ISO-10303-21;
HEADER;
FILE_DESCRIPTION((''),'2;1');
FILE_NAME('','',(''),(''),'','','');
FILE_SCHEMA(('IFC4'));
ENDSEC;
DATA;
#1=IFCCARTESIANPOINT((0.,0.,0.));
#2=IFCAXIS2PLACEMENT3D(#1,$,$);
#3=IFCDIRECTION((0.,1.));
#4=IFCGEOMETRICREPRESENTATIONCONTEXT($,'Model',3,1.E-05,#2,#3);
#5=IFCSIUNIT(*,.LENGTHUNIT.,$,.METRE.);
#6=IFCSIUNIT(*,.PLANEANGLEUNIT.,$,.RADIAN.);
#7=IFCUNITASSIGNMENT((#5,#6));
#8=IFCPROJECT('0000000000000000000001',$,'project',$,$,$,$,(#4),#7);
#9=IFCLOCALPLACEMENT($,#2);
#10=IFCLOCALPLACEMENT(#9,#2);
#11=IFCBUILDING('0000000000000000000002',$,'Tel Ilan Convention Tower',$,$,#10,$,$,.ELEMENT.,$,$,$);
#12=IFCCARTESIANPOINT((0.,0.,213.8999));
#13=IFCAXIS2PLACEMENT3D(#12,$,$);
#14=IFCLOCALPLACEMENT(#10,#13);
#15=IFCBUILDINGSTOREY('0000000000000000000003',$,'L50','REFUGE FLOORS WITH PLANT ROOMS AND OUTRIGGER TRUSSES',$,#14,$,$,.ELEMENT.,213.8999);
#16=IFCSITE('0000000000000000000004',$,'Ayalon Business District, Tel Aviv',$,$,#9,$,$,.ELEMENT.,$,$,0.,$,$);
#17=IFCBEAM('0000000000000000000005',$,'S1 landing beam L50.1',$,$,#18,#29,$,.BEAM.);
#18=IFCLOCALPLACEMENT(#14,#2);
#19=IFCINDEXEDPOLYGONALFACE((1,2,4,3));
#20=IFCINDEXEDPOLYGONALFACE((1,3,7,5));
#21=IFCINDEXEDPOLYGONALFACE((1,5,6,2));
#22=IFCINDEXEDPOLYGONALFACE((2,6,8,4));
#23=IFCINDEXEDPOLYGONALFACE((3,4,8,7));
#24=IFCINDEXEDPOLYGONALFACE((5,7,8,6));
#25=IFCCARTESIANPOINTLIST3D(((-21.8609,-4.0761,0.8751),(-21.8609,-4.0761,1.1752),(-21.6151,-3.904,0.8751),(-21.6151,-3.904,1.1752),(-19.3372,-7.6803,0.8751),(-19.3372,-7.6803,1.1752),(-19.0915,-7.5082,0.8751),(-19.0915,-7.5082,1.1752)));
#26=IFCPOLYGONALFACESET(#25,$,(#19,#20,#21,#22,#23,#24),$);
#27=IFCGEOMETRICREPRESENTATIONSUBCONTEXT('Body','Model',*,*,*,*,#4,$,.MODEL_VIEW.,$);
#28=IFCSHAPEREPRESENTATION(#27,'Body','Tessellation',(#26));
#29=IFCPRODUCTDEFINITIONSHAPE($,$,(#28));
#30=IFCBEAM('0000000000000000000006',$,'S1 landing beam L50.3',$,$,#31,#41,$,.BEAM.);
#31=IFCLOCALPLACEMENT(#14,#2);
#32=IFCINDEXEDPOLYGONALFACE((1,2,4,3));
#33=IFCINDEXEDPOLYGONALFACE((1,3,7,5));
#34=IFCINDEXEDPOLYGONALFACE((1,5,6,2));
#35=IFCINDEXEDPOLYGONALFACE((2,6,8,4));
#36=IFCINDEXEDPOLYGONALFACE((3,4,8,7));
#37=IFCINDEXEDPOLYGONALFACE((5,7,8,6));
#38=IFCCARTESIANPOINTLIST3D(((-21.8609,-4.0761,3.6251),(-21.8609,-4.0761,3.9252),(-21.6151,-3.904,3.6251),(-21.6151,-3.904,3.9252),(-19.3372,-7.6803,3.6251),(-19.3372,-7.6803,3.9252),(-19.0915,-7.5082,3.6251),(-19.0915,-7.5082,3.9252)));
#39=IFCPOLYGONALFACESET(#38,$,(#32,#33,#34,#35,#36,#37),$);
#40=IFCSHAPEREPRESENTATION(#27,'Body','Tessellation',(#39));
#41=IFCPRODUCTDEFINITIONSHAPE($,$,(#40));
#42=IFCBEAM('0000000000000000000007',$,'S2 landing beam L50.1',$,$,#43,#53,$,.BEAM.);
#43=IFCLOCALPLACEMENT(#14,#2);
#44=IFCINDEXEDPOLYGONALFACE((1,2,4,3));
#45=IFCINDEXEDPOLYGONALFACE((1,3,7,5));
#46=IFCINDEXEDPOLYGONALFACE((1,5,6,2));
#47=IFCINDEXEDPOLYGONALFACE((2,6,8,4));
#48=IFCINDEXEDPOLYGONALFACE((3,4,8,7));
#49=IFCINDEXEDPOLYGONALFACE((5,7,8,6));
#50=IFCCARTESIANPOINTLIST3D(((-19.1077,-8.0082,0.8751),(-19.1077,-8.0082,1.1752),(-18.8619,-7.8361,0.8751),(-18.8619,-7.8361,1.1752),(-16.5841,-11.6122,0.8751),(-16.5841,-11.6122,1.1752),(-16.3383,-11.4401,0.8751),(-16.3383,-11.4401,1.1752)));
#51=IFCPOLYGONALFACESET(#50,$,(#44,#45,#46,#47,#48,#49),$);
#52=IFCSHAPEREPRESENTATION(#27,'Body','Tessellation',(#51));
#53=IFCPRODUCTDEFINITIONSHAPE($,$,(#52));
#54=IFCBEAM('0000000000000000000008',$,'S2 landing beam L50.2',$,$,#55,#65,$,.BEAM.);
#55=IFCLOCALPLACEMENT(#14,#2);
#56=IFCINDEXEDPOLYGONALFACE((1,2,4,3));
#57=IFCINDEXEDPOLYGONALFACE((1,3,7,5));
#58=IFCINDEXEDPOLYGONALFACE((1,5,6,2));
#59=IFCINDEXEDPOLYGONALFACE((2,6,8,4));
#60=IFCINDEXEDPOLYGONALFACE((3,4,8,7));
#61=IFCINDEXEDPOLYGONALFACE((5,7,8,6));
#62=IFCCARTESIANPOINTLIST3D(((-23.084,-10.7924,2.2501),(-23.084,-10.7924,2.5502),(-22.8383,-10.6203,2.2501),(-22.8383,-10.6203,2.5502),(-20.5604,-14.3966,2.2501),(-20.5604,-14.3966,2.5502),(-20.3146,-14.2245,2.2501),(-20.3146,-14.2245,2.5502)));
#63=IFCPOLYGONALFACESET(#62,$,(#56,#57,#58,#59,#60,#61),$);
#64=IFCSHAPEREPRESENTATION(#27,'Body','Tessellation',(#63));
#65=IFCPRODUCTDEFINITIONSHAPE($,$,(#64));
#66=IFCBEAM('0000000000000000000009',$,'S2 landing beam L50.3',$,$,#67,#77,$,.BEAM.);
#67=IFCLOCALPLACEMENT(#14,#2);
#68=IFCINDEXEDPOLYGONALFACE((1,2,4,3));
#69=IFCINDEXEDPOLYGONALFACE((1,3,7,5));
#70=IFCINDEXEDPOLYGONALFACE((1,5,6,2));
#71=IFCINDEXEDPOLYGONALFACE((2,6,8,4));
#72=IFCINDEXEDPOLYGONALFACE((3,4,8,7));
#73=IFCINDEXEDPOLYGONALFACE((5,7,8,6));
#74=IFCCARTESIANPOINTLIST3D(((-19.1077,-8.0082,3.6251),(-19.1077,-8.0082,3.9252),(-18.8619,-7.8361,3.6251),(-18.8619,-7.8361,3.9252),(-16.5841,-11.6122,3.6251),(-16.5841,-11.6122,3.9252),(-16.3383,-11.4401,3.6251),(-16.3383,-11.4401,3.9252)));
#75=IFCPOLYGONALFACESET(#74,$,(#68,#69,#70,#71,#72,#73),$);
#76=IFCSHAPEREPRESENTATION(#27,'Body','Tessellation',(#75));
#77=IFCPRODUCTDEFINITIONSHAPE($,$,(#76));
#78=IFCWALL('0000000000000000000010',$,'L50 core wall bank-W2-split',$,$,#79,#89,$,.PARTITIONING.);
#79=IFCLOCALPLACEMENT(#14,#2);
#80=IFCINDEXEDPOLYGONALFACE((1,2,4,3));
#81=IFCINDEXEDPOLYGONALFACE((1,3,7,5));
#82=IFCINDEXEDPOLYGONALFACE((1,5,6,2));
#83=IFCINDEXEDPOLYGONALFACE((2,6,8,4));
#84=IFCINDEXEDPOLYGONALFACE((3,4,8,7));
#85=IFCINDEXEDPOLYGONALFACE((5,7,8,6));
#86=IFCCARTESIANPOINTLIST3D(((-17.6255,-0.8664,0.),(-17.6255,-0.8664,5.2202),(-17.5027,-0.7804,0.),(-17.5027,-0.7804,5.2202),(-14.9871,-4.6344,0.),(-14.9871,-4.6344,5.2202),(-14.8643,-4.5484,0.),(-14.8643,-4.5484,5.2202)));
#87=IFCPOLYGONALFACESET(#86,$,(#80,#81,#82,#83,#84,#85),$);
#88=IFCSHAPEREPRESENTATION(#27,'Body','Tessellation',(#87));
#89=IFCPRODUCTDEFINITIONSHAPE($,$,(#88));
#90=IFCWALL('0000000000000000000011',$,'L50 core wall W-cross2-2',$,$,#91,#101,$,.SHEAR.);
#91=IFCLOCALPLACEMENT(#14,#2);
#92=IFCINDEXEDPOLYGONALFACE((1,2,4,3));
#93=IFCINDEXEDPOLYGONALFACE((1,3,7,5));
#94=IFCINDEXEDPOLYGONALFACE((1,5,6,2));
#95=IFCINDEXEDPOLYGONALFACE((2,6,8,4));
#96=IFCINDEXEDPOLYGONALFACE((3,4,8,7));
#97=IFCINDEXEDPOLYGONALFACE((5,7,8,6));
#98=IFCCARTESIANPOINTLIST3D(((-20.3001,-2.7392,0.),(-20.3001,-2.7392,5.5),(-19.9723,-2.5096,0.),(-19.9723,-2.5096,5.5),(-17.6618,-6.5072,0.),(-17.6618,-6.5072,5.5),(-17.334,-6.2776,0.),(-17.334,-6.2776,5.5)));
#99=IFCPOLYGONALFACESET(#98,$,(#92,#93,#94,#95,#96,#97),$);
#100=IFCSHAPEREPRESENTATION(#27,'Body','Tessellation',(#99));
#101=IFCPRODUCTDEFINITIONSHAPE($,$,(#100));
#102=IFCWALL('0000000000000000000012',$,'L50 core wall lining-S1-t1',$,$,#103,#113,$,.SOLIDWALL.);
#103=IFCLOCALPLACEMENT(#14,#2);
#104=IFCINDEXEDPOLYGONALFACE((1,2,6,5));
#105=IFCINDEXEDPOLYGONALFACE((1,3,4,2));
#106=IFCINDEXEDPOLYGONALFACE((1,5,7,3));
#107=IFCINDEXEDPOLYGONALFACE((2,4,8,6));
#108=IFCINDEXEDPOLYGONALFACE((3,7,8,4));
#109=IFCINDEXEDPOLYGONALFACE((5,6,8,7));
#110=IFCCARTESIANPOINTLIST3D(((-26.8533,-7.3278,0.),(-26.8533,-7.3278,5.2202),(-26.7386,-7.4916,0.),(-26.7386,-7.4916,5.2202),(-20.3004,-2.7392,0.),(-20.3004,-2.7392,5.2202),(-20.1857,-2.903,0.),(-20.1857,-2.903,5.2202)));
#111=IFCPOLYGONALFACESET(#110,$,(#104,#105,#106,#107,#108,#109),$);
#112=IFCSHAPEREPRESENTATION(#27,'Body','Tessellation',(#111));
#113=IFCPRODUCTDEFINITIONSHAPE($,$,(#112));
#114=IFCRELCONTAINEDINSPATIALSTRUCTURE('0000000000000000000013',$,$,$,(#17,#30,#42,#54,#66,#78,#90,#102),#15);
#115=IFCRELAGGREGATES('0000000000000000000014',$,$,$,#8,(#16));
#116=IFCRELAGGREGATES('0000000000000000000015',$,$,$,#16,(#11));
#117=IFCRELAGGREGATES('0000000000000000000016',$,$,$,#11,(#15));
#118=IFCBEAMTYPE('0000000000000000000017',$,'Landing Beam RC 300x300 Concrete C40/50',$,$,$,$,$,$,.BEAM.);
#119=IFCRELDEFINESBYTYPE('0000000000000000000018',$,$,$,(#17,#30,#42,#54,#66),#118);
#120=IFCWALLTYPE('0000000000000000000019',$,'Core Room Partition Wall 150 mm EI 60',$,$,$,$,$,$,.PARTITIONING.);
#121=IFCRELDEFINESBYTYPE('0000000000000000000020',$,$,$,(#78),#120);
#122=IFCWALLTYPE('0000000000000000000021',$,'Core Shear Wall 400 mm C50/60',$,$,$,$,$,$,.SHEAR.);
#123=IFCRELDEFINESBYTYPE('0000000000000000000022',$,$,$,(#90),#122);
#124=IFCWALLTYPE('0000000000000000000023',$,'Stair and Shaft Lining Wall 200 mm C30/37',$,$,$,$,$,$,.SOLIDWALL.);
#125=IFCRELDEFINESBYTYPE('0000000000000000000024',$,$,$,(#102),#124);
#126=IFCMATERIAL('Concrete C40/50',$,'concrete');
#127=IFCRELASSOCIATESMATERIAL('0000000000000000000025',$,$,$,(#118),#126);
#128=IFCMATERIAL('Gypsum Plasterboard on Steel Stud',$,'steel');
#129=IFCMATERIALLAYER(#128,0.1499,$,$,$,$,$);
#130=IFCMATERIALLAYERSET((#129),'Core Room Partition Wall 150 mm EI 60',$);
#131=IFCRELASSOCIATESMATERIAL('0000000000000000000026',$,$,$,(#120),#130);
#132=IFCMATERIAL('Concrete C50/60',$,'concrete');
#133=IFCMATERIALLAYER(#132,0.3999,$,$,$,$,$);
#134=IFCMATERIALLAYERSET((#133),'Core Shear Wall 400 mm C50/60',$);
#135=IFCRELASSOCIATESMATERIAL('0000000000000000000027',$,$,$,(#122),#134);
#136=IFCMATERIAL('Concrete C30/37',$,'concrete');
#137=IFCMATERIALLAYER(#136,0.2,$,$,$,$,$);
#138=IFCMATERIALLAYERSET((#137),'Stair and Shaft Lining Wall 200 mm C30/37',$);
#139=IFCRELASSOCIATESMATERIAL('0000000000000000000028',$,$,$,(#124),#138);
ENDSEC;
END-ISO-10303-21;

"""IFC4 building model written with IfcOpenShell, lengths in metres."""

from ifc_helpers import new_model, si_unit, direction, frame, frame_2d, origin, origin_2d, place, context, subcontext, project, spatial, polyline, rectangle, outline, extrude, material, layer, layer_set, material_profile, profile_set, type_object, element, save


model = new_model("IFC4")

# Units and contexts
model_context = context("Model", 3, precision=1e-05, world=origin(), true_north=direction((0.0, 1.0)))
body_context = subcontext(model_context, "Body", "Model", "MODEL_VIEW")
ifc_project = project(units=[si_unit("LENGTHUNIT", "METRE"), si_unit("PLANEANGLEUNIT", "RADIAN")], contexts=[model_context])

# Site, building, storey
site_placement = place(None, origin())
site = spatial("IfcSite", under=ifc_project, at=site_placement, Name="Ayalon Business District, Tel Aviv", CompositionType="ELEMENT", RefElevation=0.0)
building_placement = place(site_placement, origin())
building = spatial("IfcBuilding", under=site, at=building_placement, Name="Tel Ilan Convention Tower", CompositionType="ELEMENT")
storey_placement = place(building_placement, frame((0.0, 0.0, 213.8999)))
storey = spatial("IfcBuildingStorey", under=building, at=storey_placement, Name="L50", Description="REFUGE FLOORS WITH PLANT ROOMS AND OUTRIGGER TRUSSES", CompositionType="ELEMENT", Elevation=213.8999)

# Beams
ifc_material_1 = material(Name="Concrete C40/50", Category="concrete")
ifc_material_profile = material_profile(ifc_material_1, rectangle(XDim=0.3, YDim=0.3, at=origin_2d()), Name="RC 300x300")
ifc_profile_set = profile_set([ifc_material_profile], Name="Concrete C40/50")
beam_type = type_object("IfcBeamType", Name="Landing Beam RC 300x300 Concrete C40/50", PredefinedType="BEAM", material=ifc_profile_set)
for number, where, z_axis, x_axis, name in (
    (1, (-19.2144, -7.5942, 1.0251), (-0.57357, 0.819156, 0.0), (-0.819156, -0.57357, 0.0), "S1 landing beam L50.1"),
    (2, (-19.2144, -7.5942, 3.7751), (-0.57357, 0.819156, 0.0), (-0.819156, -0.57357, 0.0), "S1 landing beam L50.3"),
):
    element("IfcBeam", number, at=place(storey_placement, frame(where, z_axis=z_axis, x_axis=x_axis)), inside=storey, type_object=beam_type, Name=name, PredefinedType="BEAM", context=body_context, shape_type="SweptSolid", body=[
        extrude(rectangle(XDim=0.3, YDim=0.3, at=origin_2d()), origin(), (0.0, 0.0, 1.0), 4.3999),
    ])
beam_1_placement = place(storey_placement, frame((-16.4612, -11.5261, 1.0251), z_axis=(-0.573596, 0.819138, 0.0), x_axis=(-0.819138, -0.573596, 0.0)))
element("IfcBeam", 3, at=beam_1_placement, inside=storey, type_object=beam_type, Name="S2 landing beam L50.1", PredefinedType="BEAM", context=body_context, shape_type="SweptSolid", body=[
    extrude(rectangle(XDim=0.3, YDim=0.3, at=origin_2d()), origin(), (0.0, 0.0, 1.0), 4.3997),
])
beam_2_placement = place(storey_placement, frame((-20.4375, -14.3105, 2.4001), z_axis=(-0.57357, 0.819156, 0.0), x_axis=(-0.819156, -0.57357, 0.0)))
element("IfcBeam", 4, at=beam_2_placement, inside=storey, type_object=beam_type, Name="S2 landing beam L50.2", PredefinedType="BEAM", context=body_context, shape_type="SweptSolid", body=[
    extrude(rectangle(XDim=0.3, YDim=0.3, at=origin_2d()), origin(), (0.0, 0.0, 1.0), 4.3999),
])
beam_3_placement = place(storey_placement, frame((-16.4612, -11.5261, 3.7751), z_axis=(-0.573596, 0.819138, 0.0), x_axis=(-0.819138, -0.573596, 0.0)))
element("IfcBeam", 5, at=beam_3_placement, inside=storey, type_object=beam_type, Name="S2 landing beam L50.3", PredefinedType="BEAM", context=body_context, shape_type="SweptSolid", body=[
    extrude(rectangle(XDim=0.3, YDim=0.3, at=origin_2d()), origin(), (0.0, 0.0, 1.0), 4.3997),
])

# Walls
ifc_material_2 = material(Name="Gypsum Plasterboard on Steel Stud", Category="steel")
ifc_layer_1 = layer(ifc_material_2, 0.1499)
ifc_layer_set_1 = layer_set([ifc_layer_1], Name="Core Room Partition Wall 150 mm EI 60")
wall_type_1 = type_object("IfcWallType", Name="Core Room Partition Wall 150 mm EI 60", PredefinedType="PARTITIONING", material=ifc_layer_set_1)
wall_1_placement = place(storey_placement, frame((-14.9258, -4.5913, 0.0), z_axis=(0.0, 0.0, 1.0), x_axis=(-0.573576, 0.819152, 0.0)))
element("IfcWall", 6, at=wall_1_placement, inside=storey, type_object=wall_type_1, Name="L50 core wall bank-W2-split", PredefinedType="PARTITIONING", context=body_context, shape_type="SweptSolid", body=[
    extrude(rectangle(XDim=4.5999, YDim=0.1499, at=frame_2d((2.2998, 0.0))), origin(), (0.0, 0.0, 1.0), 5.2202),
])
ifc_material_3 = material(Name="Concrete C50/60", Category="concrete")
ifc_layer_2 = layer(ifc_material_3, 0.3999)
ifc_layer_set_2 = layer_set([ifc_layer_2], Name="Core Shear Wall 400 mm C50/60")
wall_type_2 = type_object("IfcWallType", Name="Core Shear Wall 400 mm C50/60", PredefinedType="SHEAR", material=ifc_layer_set_2)
wall_2_placement = place(storey_placement, frame((-17.4978, -6.3923, 0.0), z_axis=(0.0, 0.0, 1.0), x_axis=(-0.573612, 0.819127, 0.0)))
element("IfcWall", 7, at=wall_2_placement, inside=storey, type_object=wall_type_2, Name="L50 core wall W-cross2-2", PredefinedType="SHEAR", context=body_context, shape_type="SweptSolid", body=[
    extrude(outline(polyline([(4.5999, -0.2002), (4.5999, 0.2), (0.0, 0.2002), (0.0, -0.2), (4.5999, -0.2002)])), origin(), (0.0, 0.0, 1.0), 5.5),
])
ifc_material_4 = material(Name="Concrete C30/37", Category="concrete")
ifc_layer_3 = layer(ifc_material_4, 0.2)
ifc_layer_set_3 = layer_set([ifc_layer_3], Name="Stair and Shaft Lining Wall 200 mm C30/37")
wall_type_3 = type_object("IfcWallType", Name="Stair and Shaft Lining Wall 200 mm C30/37", PredefinedType="SOLIDWALL", material=ifc_layer_set_3)
wall_3_placement = place(storey_placement, frame((-20.2429, -2.821, 0.0), z_axis=(0.0, 0.0, 1.0), x_axis=(-0.819142, -0.573591, 0.0)))
element("IfcWall", 8, at=wall_3_placement, inside=storey, type_object=wall_type_3, Name="L50 core wall lining-S1-t1", PredefinedType="SOLIDWALL", context=body_context, shape_type="SweptSolid", body=[
    extrude(rectangle(XDim=7.9998, YDim=0.2, at=frame_2d((4.0, 0.0))), origin(), (0.0, 0.0, 1.0), 5.2202),
])

save(model, "model.ifc")
